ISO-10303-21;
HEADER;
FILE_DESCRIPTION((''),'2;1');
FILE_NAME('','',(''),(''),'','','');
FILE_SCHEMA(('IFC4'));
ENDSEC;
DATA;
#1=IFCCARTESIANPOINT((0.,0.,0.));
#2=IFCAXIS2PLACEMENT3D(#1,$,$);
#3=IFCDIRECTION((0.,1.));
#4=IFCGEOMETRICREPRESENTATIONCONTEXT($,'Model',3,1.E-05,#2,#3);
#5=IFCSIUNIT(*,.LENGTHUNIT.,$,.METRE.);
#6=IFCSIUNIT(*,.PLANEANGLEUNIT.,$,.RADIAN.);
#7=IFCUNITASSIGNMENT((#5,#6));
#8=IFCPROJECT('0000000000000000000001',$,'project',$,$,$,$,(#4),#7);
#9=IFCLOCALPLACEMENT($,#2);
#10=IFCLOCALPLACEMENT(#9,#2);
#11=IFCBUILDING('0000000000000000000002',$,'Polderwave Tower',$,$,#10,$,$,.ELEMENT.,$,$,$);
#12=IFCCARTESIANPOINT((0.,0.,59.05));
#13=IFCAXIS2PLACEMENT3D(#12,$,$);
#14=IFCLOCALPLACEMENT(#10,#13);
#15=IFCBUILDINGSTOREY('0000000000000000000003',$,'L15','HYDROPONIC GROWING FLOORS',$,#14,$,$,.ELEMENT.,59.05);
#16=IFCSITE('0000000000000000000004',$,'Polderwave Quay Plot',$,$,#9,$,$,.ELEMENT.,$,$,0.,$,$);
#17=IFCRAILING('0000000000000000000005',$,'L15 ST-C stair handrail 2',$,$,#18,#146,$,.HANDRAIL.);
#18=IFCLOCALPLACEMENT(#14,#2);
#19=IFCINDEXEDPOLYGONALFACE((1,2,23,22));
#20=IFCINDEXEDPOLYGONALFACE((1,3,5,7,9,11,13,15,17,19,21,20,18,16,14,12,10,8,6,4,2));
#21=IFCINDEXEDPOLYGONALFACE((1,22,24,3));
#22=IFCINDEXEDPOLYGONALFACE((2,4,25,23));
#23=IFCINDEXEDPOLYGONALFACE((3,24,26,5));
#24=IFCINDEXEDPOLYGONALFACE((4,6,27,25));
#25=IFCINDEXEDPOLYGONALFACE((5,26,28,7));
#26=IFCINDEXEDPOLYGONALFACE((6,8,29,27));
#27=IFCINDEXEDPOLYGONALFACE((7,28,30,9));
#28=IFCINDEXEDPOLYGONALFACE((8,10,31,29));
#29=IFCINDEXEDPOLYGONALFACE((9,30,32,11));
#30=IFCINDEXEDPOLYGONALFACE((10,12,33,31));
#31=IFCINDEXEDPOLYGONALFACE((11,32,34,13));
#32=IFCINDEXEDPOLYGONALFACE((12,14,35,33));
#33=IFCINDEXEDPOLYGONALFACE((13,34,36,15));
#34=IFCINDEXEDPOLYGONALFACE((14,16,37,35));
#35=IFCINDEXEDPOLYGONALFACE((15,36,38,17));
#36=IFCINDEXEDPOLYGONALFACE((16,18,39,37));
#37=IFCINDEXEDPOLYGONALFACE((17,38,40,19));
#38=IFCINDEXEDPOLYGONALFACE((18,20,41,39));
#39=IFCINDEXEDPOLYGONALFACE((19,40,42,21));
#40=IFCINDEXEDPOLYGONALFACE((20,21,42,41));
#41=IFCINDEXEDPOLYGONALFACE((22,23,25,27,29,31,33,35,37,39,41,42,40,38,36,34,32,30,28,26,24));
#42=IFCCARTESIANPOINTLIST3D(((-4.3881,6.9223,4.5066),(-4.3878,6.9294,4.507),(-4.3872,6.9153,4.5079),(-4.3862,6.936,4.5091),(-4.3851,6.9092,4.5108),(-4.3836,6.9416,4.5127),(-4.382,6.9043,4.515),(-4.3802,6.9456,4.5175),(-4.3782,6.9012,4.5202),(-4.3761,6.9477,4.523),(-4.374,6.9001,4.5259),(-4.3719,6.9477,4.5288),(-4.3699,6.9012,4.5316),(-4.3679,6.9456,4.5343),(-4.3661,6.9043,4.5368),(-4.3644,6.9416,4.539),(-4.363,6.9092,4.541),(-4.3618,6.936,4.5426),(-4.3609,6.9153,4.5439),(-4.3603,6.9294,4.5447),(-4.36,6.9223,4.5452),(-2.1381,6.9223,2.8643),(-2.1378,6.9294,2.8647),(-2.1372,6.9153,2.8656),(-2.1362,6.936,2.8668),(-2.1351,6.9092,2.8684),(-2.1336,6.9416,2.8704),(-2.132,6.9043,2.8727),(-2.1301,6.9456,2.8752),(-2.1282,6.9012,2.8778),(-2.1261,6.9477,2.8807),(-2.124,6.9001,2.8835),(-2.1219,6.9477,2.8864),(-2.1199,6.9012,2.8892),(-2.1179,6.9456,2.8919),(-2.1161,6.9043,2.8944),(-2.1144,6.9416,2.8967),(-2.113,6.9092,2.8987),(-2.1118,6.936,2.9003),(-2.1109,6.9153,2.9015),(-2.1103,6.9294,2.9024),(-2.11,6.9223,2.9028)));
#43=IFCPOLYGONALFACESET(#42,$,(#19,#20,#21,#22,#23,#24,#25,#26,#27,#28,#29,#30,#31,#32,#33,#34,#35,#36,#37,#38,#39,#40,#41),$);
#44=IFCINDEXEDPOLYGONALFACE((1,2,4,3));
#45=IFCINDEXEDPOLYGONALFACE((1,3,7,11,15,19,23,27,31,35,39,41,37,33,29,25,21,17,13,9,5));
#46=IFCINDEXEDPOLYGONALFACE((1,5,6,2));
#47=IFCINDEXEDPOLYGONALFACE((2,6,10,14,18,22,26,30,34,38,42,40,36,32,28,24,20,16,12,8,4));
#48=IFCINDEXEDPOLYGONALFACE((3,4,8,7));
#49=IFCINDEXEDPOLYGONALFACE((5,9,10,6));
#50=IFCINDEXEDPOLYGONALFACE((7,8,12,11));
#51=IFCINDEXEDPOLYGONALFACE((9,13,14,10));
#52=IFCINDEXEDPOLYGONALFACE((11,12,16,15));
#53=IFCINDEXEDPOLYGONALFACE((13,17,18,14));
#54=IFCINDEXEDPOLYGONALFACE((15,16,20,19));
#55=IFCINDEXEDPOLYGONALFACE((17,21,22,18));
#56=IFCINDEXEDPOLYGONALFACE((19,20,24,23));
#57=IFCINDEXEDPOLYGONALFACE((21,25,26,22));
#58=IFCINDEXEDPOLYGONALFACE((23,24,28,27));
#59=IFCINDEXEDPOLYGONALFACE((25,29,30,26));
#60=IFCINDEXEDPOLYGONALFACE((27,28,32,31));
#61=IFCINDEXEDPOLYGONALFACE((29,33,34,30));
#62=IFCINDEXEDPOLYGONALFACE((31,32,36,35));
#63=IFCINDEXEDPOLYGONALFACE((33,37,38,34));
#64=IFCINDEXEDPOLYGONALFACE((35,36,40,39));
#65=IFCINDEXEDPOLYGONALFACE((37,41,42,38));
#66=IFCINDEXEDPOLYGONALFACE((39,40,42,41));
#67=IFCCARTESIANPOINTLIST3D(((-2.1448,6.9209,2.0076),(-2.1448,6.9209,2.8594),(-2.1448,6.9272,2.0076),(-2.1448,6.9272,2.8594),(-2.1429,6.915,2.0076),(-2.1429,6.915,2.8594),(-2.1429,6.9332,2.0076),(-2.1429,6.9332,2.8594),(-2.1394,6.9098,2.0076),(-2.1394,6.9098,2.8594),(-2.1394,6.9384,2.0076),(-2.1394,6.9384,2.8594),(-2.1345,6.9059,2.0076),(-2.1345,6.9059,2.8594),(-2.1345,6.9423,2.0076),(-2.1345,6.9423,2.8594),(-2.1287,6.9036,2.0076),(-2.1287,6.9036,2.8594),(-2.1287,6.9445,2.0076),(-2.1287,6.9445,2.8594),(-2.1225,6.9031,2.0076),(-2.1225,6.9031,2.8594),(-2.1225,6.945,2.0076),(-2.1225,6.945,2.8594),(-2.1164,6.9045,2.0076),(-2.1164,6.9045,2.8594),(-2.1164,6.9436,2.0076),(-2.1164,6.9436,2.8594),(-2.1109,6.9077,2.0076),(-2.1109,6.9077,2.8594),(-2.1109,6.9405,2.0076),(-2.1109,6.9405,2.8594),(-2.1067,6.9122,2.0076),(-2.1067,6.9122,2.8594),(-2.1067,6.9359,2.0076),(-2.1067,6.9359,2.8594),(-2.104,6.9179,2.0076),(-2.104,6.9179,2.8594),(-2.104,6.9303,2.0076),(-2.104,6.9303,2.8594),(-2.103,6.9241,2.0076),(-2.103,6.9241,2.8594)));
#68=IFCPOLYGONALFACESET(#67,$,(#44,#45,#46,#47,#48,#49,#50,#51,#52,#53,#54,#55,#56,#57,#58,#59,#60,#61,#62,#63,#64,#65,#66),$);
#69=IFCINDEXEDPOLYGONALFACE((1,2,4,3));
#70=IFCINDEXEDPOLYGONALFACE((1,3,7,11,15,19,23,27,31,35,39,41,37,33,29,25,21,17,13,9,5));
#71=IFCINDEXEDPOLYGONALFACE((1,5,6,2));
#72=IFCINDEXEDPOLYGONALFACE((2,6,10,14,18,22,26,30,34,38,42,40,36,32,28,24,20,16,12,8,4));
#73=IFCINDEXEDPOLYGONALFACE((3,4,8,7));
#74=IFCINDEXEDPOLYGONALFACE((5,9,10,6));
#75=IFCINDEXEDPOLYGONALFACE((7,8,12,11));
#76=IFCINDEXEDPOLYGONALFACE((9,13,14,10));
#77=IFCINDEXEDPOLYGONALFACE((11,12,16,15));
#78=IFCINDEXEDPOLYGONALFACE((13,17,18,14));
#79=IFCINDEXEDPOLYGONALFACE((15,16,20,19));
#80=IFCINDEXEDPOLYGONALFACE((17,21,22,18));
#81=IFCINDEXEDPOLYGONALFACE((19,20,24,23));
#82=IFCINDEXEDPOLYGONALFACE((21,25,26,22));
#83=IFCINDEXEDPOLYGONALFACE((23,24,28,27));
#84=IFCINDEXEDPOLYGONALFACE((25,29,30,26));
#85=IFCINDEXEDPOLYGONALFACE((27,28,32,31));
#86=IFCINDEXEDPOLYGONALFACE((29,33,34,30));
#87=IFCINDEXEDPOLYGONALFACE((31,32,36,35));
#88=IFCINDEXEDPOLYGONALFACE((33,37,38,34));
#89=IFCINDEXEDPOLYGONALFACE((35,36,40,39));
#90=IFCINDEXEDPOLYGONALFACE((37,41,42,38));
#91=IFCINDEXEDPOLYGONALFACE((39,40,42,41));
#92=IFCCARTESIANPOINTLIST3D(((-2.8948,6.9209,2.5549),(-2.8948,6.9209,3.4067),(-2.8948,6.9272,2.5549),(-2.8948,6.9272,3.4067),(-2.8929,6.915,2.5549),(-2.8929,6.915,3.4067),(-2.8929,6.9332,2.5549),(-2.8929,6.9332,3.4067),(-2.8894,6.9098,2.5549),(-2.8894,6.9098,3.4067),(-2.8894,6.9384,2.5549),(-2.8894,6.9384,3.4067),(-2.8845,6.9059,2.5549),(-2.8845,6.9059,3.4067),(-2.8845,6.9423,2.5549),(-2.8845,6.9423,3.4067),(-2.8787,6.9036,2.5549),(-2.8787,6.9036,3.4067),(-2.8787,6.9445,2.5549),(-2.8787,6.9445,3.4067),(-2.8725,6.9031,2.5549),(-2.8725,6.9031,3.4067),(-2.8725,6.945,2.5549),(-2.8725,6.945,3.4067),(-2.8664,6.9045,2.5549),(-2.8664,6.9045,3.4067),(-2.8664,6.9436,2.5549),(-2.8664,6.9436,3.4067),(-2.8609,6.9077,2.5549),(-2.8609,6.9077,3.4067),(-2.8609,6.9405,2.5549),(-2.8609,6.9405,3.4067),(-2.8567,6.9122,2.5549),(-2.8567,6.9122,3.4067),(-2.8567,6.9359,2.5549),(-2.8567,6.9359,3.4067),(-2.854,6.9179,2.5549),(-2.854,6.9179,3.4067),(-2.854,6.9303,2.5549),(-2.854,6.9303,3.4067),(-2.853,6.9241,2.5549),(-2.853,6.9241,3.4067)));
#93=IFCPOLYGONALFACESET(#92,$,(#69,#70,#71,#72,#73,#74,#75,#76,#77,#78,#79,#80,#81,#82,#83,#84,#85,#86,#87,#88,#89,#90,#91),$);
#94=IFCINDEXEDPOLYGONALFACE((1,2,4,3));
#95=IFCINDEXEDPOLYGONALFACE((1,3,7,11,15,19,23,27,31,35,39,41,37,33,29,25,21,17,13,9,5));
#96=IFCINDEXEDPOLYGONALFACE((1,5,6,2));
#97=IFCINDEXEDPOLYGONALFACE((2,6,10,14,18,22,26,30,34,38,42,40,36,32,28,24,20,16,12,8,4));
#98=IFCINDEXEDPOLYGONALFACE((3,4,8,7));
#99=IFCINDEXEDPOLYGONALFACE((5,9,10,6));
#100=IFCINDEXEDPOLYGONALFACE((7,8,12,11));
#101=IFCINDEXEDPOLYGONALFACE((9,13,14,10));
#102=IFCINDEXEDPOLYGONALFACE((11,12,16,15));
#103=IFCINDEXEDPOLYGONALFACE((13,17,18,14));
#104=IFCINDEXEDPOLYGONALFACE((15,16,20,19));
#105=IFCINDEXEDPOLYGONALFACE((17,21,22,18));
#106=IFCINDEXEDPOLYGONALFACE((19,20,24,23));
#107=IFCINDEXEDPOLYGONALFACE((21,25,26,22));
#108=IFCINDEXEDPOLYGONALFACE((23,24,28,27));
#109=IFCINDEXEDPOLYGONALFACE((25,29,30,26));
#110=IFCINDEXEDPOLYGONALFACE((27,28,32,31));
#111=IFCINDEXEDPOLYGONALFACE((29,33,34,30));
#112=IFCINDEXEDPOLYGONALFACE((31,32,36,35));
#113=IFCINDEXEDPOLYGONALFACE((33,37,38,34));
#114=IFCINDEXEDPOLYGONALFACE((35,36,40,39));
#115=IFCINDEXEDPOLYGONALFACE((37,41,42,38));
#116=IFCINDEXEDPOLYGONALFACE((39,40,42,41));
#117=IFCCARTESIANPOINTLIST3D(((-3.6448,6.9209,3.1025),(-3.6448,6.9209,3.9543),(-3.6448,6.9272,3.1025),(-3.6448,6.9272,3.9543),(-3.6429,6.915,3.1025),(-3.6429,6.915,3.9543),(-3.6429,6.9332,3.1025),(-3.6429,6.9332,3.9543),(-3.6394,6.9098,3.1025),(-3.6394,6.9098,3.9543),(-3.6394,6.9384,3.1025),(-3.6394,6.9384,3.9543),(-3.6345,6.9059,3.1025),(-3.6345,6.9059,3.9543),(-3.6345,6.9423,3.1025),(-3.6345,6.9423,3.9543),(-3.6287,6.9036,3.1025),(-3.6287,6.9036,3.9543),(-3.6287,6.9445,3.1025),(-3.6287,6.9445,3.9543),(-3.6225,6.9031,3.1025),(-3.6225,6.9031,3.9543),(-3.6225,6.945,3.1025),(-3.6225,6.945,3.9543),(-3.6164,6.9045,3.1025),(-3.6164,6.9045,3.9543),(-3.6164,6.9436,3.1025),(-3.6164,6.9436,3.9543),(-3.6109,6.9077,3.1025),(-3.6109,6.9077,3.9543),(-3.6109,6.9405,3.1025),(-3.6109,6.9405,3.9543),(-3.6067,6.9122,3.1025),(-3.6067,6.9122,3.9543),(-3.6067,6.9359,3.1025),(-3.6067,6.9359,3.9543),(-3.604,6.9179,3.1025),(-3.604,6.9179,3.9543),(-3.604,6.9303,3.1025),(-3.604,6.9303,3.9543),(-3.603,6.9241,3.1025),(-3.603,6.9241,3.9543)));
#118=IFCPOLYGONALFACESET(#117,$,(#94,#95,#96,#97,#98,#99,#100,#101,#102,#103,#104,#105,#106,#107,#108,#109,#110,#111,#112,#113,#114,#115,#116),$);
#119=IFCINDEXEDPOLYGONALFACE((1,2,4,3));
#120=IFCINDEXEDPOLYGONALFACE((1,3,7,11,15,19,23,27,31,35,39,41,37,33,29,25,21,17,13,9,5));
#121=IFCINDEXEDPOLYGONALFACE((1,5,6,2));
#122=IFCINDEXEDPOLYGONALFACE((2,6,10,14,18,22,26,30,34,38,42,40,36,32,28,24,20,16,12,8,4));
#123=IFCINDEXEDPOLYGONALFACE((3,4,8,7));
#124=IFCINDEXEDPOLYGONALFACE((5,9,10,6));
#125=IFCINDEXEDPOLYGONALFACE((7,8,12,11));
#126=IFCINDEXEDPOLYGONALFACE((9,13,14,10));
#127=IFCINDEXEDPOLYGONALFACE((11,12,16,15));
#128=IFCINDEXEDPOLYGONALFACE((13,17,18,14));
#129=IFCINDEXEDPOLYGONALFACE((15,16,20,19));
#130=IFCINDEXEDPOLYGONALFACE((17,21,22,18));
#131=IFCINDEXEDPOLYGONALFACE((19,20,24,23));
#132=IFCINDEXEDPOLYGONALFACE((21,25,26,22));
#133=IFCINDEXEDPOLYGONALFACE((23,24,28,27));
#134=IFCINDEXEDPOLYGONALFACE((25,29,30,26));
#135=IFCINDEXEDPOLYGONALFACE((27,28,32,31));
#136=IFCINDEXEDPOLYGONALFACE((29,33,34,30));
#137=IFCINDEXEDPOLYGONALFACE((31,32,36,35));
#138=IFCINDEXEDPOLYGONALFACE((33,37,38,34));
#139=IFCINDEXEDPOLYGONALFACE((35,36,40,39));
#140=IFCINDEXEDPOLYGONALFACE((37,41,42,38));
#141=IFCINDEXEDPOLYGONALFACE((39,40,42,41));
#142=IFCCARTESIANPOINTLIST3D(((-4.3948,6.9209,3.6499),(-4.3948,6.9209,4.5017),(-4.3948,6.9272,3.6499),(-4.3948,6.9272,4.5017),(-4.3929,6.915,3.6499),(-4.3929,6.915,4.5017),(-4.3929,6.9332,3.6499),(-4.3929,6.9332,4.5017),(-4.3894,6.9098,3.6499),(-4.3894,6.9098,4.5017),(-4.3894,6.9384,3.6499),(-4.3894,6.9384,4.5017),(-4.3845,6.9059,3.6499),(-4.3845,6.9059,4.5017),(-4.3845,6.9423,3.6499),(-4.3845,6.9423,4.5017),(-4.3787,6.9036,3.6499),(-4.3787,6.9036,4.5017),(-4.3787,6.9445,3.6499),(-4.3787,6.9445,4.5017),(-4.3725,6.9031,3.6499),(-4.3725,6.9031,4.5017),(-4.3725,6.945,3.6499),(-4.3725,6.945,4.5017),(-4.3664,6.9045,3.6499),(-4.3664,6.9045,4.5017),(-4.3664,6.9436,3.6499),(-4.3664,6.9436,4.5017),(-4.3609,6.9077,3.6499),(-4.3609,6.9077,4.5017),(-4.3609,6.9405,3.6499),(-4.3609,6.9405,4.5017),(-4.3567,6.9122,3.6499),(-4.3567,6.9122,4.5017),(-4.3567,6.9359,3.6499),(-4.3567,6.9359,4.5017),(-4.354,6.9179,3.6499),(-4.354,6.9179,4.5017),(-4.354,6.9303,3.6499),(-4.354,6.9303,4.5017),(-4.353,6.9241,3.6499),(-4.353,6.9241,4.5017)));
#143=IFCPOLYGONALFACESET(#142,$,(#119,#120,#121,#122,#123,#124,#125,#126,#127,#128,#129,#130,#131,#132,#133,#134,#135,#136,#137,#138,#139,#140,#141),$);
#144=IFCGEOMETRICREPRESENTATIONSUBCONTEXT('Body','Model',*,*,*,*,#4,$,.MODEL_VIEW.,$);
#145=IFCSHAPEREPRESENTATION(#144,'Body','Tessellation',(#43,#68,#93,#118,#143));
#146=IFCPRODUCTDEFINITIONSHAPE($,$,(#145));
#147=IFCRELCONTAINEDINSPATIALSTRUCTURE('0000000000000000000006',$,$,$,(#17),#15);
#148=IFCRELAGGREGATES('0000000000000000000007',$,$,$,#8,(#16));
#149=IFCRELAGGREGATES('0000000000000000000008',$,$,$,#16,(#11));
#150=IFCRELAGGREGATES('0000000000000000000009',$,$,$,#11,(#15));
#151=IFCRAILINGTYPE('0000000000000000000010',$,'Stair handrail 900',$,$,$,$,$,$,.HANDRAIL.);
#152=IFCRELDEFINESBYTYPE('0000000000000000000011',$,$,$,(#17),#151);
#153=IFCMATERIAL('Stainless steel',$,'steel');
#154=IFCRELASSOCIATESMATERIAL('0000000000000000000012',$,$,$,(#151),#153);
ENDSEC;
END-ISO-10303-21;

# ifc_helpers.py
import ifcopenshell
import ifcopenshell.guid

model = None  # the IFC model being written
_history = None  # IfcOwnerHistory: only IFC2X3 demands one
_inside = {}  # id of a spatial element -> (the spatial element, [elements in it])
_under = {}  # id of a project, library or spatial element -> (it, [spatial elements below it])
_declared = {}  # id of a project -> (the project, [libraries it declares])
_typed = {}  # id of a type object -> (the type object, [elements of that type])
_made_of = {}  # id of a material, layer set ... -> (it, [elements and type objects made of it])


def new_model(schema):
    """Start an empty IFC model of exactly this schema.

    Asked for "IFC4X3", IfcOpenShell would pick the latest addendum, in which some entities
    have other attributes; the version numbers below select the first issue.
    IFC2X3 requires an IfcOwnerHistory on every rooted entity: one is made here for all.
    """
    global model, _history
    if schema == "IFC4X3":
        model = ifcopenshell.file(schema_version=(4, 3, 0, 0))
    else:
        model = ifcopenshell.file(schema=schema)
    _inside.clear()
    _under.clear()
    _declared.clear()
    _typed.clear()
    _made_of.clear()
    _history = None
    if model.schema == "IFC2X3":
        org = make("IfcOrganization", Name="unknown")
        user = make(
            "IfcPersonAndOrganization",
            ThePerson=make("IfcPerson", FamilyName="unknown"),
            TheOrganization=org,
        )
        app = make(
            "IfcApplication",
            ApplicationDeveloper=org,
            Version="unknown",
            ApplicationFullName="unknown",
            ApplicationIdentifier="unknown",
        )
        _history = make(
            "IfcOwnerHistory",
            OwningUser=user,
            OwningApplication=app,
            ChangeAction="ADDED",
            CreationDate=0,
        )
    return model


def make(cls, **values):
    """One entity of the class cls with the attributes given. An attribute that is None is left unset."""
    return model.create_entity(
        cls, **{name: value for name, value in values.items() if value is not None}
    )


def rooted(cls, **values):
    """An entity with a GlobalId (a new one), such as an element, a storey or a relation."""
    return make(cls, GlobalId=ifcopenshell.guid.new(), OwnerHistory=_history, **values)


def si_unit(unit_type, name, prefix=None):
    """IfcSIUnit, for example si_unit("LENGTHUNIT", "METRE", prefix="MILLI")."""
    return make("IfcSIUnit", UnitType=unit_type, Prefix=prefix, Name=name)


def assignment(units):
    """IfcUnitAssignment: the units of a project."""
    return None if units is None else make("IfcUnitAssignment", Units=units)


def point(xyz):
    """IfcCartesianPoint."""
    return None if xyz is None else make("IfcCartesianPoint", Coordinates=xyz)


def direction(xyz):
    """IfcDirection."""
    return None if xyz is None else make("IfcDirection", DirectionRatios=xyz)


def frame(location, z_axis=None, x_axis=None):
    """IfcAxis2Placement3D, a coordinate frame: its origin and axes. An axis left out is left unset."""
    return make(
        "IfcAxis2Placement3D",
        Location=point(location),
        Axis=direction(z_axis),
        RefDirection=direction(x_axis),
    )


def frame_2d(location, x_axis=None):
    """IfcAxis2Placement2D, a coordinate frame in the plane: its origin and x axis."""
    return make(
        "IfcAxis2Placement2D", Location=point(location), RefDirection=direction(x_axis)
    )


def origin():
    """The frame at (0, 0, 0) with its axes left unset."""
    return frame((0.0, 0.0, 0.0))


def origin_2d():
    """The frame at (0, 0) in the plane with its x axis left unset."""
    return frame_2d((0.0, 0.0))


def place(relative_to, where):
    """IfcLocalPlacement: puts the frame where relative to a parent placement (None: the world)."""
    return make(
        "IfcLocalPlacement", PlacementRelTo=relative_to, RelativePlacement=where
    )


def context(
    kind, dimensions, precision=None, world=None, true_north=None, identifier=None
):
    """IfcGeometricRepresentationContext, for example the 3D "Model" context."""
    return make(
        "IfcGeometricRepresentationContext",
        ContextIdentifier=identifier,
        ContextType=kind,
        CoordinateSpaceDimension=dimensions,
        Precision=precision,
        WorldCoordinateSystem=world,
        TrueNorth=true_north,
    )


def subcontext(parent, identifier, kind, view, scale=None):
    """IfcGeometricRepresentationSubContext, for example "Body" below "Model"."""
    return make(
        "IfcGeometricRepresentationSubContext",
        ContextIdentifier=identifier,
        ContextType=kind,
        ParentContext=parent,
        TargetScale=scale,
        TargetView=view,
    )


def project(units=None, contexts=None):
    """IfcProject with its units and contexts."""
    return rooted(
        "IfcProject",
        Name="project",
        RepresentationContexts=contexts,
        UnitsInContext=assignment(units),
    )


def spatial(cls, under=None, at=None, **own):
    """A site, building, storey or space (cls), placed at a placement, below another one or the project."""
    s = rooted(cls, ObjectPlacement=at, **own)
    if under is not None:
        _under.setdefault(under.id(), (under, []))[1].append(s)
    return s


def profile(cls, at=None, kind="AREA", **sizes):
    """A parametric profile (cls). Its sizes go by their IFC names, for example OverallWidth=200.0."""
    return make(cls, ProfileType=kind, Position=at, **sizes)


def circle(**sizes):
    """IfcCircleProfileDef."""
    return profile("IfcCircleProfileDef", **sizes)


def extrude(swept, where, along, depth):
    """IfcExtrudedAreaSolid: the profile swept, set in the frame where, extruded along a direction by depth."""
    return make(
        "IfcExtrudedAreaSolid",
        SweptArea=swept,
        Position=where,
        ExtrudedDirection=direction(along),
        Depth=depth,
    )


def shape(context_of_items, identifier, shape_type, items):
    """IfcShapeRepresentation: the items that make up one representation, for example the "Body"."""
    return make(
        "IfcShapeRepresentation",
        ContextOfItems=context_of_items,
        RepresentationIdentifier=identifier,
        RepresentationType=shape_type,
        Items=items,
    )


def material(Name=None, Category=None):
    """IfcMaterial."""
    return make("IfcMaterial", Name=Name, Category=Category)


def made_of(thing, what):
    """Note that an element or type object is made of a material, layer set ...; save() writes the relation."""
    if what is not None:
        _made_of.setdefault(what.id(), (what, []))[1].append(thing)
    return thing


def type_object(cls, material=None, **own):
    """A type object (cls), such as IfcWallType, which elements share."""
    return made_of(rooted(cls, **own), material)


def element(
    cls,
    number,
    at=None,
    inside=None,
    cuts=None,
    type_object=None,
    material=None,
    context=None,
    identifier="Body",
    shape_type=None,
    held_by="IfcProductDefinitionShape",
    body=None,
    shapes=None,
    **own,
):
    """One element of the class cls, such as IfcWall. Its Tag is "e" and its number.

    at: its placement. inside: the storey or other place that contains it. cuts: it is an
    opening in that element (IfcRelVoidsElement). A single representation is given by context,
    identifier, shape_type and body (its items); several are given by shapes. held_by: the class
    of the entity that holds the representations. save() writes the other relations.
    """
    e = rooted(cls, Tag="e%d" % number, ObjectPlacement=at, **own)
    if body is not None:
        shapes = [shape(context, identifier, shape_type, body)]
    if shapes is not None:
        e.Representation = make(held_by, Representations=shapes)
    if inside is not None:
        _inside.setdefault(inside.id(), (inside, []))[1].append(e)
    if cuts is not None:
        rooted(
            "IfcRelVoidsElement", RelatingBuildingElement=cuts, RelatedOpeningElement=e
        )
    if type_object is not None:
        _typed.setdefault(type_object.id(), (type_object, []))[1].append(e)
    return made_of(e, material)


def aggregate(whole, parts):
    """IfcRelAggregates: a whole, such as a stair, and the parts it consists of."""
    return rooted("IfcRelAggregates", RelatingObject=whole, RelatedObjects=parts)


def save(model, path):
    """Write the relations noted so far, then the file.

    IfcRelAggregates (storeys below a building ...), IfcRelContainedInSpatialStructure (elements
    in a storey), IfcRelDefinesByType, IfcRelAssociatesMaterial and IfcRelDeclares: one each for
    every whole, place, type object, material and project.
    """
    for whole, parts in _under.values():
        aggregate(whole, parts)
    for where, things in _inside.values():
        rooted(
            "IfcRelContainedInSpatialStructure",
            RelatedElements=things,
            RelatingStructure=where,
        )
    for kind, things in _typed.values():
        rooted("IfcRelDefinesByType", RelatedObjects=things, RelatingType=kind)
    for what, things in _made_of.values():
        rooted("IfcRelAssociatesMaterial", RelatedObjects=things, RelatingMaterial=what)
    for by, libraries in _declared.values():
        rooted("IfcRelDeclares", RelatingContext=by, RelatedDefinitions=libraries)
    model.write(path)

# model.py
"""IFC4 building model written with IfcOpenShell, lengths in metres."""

from ifc_helpers import new_model, si_unit, direction, frame, origin, origin_2d, place, context, subcontext, project, spatial, circle, extrude, material, type_object, element, save


model = new_model("IFC4")

# Units and contexts
model_context = context("Model", 3, precision=1e-05, world=origin(), true_north=direction((0.0, 1.0)))
body_context = subcontext(model_context, "Body", "Model", "MODEL_VIEW")
ifc_project = project(units=[si_unit("LENGTHUNIT", "METRE"), si_unit("PLANEANGLEUNIT", "RADIAN")], contexts=[model_context])

# Site, building, storey
site_placement = place(None, origin())
site = spatial("IfcSite", under=ifc_project, at=site_placement, Name="Polderwave Quay Plot", CompositionType="ELEMENT", RefElevation=0.0)
building_placement = place(site_placement, origin())
building = spatial("IfcBuilding", under=site, at=building_placement, Name="Polderwave Tower", CompositionType="ELEMENT")
storey_placement = place(building_placement, frame((0.0, 0.0, 59.05)))
storey = spatial("IfcBuildingStorey", under=building, at=storey_placement, Name="L15", Description="HYDROPONIC GROWING FLOORS", CompositionType="ELEMENT", Elevation=59.05)

# Railing
ifc_material_1 = material(Name="Stainless steel", Category="steel")
railing_type_1 = type_object("IfcRailingType", Name="Stair handrail 900", PredefinedType="HANDRAIL", material=ifc_material_1)
railing_1_placement = place(storey_placement, frame((-2.124, 6.9241, 2.0076)))
element("IfcRailing", 1, at=railing_1_placement, inside=storey, type_object=railing_type_1, Name="L15 ST-C stair handrail 2", PredefinedType="HANDRAIL", context=body_context, shape_type="SweptSolid", body=[
    extrude(circle(Radius=0.0239, at=origin_2d()), frame((0.0, 0.0, 0.876), z_axis=(-0.807715, 0.0, 0.589573), x_axis=(0.0, -1.0, 0.0)), (0.0, 0.0, 1.0), 2.7856),
    extrude(circle(Radius=0.021, at=origin_2d()), origin(), (0.0, 0.0, 1.0), 0.8518),
    extrude(circle(Radius=0.021, at=origin_2d()), frame((-0.75, 0.0, 0.5474)), (0.0, 0.0, 1.0), 0.8518),
    extrude(circle(Radius=0.021, at=origin_2d()), frame((-1.5, 0.0, 1.095)), (0.0, 0.0, 1.0), 0.8518),
    extrude(circle(Radius=0.021, at=origin_2d()), frame((-2.25, 0.0, 1.6423)), (0.0, 0.0, 1.0), 0.8518),
])

save(model, "model.ifc")
